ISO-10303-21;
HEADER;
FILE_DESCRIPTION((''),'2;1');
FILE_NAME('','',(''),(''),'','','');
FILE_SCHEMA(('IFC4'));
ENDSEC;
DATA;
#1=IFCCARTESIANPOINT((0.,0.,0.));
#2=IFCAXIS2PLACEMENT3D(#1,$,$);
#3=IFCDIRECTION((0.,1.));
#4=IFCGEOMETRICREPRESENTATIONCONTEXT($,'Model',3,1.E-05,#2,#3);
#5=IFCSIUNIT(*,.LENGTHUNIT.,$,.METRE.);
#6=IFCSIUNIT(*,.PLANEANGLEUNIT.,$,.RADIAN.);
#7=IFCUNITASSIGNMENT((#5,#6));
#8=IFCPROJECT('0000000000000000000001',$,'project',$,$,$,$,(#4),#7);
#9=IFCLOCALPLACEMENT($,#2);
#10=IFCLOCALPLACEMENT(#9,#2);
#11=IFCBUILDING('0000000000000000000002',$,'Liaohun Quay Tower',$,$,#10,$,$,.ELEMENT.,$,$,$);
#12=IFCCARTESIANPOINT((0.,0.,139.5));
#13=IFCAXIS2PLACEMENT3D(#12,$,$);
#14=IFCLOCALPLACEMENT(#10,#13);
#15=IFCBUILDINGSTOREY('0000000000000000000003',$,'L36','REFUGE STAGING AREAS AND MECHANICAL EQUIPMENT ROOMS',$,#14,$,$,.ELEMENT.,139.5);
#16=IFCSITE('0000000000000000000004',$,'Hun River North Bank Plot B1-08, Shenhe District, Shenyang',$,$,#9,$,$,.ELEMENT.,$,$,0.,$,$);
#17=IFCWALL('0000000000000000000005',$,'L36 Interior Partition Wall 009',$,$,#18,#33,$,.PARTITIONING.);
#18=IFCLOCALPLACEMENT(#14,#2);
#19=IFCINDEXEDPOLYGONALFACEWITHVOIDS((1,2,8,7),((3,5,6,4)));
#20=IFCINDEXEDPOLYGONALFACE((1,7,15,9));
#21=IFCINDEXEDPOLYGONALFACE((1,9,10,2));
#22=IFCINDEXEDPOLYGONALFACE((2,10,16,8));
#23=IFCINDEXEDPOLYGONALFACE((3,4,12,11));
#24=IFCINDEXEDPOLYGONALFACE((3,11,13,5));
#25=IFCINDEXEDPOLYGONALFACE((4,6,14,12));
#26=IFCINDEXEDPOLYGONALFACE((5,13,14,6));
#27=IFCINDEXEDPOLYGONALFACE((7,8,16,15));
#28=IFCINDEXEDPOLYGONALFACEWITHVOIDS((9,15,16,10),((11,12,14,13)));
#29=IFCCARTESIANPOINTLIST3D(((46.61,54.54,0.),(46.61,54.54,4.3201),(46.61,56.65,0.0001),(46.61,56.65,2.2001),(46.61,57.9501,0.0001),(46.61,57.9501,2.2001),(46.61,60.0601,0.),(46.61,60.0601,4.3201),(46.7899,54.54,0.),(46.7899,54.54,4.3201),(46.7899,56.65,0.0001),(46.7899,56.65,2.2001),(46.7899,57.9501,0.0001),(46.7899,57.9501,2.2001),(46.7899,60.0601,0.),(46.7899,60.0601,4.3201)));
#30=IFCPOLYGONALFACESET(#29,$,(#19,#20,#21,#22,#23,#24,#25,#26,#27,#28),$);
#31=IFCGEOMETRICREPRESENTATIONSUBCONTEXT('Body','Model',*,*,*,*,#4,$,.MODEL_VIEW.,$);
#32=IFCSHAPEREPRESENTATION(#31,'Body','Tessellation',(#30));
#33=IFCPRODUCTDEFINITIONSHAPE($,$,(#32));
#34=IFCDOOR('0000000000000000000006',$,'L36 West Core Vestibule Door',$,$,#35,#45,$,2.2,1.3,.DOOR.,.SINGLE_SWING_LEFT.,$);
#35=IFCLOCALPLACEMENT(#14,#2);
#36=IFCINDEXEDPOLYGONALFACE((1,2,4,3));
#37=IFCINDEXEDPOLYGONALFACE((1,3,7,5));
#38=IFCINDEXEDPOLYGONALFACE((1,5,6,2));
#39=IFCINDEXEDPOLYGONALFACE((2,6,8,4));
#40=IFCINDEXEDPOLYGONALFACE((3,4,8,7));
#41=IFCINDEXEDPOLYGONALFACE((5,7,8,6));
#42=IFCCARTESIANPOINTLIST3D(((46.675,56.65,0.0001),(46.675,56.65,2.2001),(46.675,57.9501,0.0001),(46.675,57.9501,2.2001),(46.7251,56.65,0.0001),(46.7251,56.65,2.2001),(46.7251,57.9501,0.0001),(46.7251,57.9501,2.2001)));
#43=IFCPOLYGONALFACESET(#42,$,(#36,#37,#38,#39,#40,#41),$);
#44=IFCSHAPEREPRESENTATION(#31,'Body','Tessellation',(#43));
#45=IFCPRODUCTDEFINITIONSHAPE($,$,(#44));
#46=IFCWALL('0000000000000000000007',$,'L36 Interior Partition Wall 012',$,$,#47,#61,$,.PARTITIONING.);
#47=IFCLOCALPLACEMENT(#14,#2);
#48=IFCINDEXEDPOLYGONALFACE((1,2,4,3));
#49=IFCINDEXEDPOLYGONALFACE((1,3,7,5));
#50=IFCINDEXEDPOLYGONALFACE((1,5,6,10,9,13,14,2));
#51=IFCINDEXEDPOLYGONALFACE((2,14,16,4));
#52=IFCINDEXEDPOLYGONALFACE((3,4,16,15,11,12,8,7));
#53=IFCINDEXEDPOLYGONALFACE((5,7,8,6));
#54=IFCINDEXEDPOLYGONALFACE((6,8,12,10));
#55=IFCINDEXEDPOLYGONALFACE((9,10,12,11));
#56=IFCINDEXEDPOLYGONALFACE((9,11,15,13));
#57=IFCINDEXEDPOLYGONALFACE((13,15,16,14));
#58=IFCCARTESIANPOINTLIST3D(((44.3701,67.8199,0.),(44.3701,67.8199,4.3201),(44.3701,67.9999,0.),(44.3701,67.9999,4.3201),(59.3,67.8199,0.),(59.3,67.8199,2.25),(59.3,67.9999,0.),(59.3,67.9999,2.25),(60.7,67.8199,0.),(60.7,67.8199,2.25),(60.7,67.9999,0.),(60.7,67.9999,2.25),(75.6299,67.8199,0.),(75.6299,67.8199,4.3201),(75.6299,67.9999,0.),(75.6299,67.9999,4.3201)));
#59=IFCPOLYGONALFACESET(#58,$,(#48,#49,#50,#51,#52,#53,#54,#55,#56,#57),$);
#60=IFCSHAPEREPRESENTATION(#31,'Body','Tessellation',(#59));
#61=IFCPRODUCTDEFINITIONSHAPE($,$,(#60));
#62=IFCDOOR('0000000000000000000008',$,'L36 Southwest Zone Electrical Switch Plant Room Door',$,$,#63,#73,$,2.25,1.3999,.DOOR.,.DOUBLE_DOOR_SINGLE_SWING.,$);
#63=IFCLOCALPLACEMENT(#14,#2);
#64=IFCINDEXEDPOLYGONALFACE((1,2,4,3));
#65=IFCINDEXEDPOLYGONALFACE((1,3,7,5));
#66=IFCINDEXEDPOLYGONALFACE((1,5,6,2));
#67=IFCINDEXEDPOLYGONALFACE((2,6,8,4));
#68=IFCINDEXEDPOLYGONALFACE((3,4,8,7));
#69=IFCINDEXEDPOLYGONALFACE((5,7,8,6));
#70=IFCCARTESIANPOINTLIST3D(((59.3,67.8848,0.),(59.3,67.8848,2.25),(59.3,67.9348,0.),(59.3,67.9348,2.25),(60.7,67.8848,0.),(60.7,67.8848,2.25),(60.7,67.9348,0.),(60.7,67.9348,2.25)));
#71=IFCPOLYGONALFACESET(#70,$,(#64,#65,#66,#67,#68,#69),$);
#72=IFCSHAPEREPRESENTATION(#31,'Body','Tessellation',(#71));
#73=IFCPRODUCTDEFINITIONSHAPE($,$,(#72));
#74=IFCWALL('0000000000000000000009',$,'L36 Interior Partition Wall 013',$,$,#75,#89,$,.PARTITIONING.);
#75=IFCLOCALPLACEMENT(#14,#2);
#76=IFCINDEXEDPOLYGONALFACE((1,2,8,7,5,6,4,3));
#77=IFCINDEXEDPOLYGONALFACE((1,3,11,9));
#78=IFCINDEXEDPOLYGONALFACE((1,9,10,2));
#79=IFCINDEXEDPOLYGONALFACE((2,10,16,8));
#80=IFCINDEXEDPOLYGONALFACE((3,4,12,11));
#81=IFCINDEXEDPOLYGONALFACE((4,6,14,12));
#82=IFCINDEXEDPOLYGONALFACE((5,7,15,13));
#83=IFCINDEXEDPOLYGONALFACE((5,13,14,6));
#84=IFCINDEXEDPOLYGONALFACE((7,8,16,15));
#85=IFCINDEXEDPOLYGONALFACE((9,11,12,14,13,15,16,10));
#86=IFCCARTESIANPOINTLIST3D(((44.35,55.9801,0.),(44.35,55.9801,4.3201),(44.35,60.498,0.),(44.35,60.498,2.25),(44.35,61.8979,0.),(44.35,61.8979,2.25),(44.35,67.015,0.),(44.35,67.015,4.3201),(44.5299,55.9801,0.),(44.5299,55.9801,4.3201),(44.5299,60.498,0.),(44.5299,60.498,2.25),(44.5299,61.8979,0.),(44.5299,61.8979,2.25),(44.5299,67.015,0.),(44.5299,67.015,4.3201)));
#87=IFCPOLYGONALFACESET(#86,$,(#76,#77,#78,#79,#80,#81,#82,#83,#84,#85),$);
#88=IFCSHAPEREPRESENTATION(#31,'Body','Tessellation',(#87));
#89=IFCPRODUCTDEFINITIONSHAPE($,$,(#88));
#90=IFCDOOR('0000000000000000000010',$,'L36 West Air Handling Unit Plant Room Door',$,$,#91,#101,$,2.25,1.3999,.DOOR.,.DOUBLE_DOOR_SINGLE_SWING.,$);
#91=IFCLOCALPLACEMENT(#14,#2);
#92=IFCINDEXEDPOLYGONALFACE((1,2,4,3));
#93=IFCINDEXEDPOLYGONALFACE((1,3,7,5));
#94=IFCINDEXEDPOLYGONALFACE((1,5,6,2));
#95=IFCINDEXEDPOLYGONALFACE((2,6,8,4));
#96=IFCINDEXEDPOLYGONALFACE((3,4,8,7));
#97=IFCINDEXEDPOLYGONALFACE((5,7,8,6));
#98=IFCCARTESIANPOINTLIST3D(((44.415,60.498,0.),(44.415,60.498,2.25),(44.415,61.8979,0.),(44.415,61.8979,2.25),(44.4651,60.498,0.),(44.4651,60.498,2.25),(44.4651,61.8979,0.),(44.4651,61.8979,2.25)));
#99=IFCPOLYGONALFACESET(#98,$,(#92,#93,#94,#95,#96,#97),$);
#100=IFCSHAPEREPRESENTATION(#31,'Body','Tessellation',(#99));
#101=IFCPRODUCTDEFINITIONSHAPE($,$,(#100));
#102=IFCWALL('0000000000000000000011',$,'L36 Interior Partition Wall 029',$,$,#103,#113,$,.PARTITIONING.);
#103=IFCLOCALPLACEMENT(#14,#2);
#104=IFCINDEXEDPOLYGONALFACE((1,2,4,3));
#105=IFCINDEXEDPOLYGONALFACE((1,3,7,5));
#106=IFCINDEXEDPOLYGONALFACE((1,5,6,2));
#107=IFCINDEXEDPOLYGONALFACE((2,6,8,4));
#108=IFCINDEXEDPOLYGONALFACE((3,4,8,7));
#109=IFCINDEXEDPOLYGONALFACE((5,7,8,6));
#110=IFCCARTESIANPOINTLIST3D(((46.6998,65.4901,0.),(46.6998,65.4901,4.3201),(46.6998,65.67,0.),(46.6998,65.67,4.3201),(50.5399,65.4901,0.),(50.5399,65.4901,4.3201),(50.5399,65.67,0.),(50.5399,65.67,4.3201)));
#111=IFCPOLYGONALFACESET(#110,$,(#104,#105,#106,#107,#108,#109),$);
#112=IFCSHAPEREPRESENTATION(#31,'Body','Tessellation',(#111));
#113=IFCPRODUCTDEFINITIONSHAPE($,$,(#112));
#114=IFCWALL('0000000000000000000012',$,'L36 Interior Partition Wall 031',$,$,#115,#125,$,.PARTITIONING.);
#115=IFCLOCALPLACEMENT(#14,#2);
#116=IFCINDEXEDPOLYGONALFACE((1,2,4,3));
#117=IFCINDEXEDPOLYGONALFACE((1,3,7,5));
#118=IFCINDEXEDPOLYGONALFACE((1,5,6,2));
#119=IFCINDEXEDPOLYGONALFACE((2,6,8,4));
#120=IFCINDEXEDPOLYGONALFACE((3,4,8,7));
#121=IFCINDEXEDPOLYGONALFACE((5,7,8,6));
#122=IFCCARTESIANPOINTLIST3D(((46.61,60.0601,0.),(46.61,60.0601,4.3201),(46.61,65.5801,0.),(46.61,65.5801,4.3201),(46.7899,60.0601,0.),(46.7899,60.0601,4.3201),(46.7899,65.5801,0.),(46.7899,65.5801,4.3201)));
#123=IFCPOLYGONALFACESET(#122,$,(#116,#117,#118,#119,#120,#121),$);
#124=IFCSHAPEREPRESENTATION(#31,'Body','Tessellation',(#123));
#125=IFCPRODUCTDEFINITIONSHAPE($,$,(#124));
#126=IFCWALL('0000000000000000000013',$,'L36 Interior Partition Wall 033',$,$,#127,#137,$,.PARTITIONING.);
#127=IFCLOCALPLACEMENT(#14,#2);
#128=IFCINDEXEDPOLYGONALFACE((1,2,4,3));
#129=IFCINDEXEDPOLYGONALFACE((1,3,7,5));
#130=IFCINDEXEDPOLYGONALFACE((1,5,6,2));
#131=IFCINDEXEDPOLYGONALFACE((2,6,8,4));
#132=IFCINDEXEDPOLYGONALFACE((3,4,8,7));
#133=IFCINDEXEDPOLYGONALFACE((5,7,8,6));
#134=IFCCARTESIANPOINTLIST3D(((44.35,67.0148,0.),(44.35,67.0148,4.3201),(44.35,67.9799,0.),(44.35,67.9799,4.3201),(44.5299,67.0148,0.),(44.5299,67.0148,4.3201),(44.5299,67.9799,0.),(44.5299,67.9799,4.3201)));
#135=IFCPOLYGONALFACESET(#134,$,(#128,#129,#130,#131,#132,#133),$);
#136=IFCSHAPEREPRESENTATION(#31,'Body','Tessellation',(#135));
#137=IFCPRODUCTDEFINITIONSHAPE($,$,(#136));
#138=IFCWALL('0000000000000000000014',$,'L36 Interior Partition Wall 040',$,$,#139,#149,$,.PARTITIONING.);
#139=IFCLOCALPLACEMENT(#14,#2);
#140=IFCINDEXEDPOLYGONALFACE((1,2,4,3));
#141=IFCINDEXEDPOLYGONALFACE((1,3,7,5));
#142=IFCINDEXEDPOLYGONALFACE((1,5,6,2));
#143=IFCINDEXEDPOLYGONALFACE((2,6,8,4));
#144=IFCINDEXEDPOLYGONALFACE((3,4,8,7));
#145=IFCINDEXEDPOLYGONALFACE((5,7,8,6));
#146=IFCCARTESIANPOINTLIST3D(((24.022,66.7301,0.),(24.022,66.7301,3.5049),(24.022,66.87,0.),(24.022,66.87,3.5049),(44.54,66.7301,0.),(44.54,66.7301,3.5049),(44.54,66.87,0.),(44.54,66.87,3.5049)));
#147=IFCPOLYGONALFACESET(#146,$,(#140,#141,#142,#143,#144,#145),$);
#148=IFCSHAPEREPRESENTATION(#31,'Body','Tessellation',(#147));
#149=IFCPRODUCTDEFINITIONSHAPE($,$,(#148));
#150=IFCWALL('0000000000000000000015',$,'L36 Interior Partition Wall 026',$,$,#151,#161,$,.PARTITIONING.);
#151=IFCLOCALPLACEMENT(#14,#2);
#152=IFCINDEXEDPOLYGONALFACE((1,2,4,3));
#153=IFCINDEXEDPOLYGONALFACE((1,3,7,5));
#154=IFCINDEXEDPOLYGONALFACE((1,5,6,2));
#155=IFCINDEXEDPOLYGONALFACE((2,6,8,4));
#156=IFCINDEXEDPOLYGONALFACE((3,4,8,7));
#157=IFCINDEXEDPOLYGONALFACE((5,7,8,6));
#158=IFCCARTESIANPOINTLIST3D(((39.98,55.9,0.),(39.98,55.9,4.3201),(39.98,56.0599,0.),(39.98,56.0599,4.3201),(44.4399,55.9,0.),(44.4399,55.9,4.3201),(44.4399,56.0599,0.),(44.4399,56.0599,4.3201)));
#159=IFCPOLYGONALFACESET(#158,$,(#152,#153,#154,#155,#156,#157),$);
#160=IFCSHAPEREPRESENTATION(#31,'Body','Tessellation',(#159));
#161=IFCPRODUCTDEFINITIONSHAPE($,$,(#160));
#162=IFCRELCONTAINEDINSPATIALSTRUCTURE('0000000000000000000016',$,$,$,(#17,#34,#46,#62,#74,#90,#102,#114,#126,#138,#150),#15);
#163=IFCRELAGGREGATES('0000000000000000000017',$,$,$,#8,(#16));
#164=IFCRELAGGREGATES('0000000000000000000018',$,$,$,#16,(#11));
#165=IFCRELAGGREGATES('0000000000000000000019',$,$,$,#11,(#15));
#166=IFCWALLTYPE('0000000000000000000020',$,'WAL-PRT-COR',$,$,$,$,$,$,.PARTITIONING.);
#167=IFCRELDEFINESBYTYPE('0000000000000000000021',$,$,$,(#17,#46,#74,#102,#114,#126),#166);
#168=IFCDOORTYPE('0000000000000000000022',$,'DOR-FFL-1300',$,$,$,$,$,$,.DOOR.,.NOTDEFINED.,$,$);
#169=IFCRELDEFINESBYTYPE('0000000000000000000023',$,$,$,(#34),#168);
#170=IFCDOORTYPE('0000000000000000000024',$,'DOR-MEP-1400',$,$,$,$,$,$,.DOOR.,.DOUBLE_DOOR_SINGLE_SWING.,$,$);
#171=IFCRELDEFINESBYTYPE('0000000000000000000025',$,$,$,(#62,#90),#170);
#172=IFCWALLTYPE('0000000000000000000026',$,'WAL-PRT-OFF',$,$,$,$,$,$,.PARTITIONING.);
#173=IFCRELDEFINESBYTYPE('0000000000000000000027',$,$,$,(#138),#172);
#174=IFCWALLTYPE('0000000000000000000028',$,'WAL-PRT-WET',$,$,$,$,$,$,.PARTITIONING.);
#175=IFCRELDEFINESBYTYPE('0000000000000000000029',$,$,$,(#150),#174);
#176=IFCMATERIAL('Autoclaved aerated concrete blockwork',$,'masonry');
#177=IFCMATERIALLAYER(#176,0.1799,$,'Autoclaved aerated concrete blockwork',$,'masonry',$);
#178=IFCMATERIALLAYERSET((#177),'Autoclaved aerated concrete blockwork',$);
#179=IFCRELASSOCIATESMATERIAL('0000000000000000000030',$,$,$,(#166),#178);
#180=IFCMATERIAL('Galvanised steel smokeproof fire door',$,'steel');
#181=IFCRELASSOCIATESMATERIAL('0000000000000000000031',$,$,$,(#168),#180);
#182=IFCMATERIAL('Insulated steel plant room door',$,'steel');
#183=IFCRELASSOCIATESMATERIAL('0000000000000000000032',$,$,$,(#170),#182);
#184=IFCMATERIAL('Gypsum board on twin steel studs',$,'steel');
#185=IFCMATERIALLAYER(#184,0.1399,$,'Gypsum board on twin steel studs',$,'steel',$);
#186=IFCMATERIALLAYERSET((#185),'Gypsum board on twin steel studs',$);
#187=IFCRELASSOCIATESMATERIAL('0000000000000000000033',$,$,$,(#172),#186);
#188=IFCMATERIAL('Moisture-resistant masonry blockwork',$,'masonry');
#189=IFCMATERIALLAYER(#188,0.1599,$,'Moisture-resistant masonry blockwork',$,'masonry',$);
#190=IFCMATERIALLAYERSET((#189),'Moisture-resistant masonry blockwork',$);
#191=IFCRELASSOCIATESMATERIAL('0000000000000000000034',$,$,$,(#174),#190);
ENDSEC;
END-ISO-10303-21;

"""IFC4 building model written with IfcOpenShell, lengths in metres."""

from ifc_helpers import new_model, si_unit, direction, frame, frame_2d, origin, place, context, subcontext, project, spatial, rectangle, extrude, source, transform, mapped, material, layer, layer_set, type_object, element, fill, save


model = new_model("IFC4")

# Units and contexts
model_context = context("Model", 3, precision=1e-05, world=origin(), true_north=direction((0.0, 1.0)))
body_context = subcontext(model_context, "Body", "Model", "MODEL_VIEW")
ifc_project = project(units=[si_unit("LENGTHUNIT", "METRE"), si_unit("PLANEANGLEUNIT", "RADIAN")], contexts=[model_context])

# Site, building, storey
site_placement = place(None, origin())
site = spatial("IfcSite", under=ifc_project, at=site_placement, Name="Hun River North Bank Plot B1-08, Shenhe District, Shenyang", CompositionType="ELEMENT", RefElevation=0.0)
building_placement = place(site_placement, origin())
building = spatial("IfcBuilding", under=site, at=building_placement, Name="Liaohun Quay Tower", CompositionType="ELEMENT")
storey_placement = place(building_placement, frame((0.0, 0.0, 139.5)))
storey = spatial("IfcBuildingStorey", under=building, at=storey_placement, Name="L36", Description="REFUGE STAGING AREAS AND MECHANICAL EQUIPMENT ROOMS", CompositionType="ELEMENT", Elevation=139.5)

# Walls, openings, doors
ifc_material_1 = material(Name="Autoclaved aerated concrete blockwork", Category="masonry")
ifc_layer_1 = layer(ifc_material_1, 0.1799, Name="Autoclaved aerated concrete blockwork", Category="masonry")
ifc_layer_set_1 = layer_set([ifc_layer_1], Name="Autoclaved aerated concrete blockwork")
wall_type_1 = type_object("IfcWallType", Name="WAL-PRT-COR", PredefinedType="PARTITIONING", material=ifc_layer_set_1)
wall_1_placement = place(storey_placement, frame((46.7, 54.54, 0.0), z_axis=(0.0, 0.0, 1.0), x_axis=(0.0, 1.0, 0.0)))
wall_1 = element("IfcWall", 1, at=wall_1_placement, inside=storey, type_object=wall_type_1, Name="L36 Interior Partition Wall 009", PredefinedType="PARTITIONING", context=body_context, shape_type="SweptSolid", body=[
    extrude(rectangle(XDim=5.52, YDim=0.1799, at=frame_2d((2.76, 0.0))), origin(), (0.0, 0.0, 1.0), 4.3201),
])
shared_shape_1 = source(origin(), body_context, "Body", "SweptSolid", [
    extrude(rectangle(XDim=1.3, YDim=2.2, at=frame_2d((0.6499, 1.1001))), frame((0.0, 0.0999, 0.0), z_axis=(0.0, -1.0, 0.0), x_axis=(1.0, 0.0, 0.0)), (0.0, 0.0, 1.0), 0.2),
])
opening_1_placement = place(wall_1_placement, frame((2.1101, 0.0, 0.0)))
opening_1 = element("IfcOpeningElement", 2, at=opening_1_placement, cuts=wall_1, PredefinedType="OPENING", context=body_context, shape_type="MappedRepresentation", body=[
    mapped(shared_shape_1, transform((0.0, 0.0, 0.0), x_axis=(1.0, 0.0, 0.0), y_axis=(0.0, 1.0, 0.0), z_axis=(0.0, 0.0, 1.0), scale=1.0)),
])
ifc_material_2 = material(Name="Galvanised steel smokeproof fire door", Category="steel")
door_type_1 = type_object("IfcDoorType", Name="DOR-FFL-1300", OperationType="NOTDEFINED", PredefinedType="DOOR", material=ifc_material_2)
shared_shape_2 = source(origin(), body_context, "Body", "SweptSolid", [
    extrude(rectangle(XDim=1.3, YDim=2.2, at=frame_2d((0.6499, 1.1001))), frame((0.0, 0.0249, 0.0), z_axis=(0.0, -1.0, 0.0), x_axis=(1.0, 0.0, 0.0)), (0.0, 0.0, 1.0), 0.05),
])
door_1_placement = place(opening_1_placement, origin())
door_1 = element("IfcDoor", 3, at=door_1_placement, inside=storey, type_object=door_type_1, Name="L36 West Core Vestibule Door", OperationType="SINGLE_SWING_LEFT", OverallHeight=2.2, OverallWidth=1.3, PredefinedType="DOOR", context=body_context, shape_type="MappedRepresentation", body=[
    mapped(shared_shape_2, transform((0.0, 0.0, 0.0), x_axis=(1.0, 0.0, 0.0), y_axis=(0.0, 1.0, 0.0), z_axis=(0.0, 0.0, 1.0), scale=1.0)),
])
fill(opening_1, door_1)
wall_2_placement = place(storey_placement, frame((44.3701, 67.9099, 0.0), z_axis=(0.0, 0.0, 1.0), x_axis=(1.0, 0.0, 0.0)))
wall_2 = element("IfcWall", 4, at=wall_2_placement, inside=storey, type_object=wall_type_1, Name="L36 Interior Partition Wall 012", PredefinedType="PARTITIONING", context=body_context, shape_type="SweptSolid", body=[
    extrude(rectangle(XDim=31.2598, YDim=0.1799, at=frame_2d((15.6299, 0.0))), origin(), (0.0, 0.0, 1.0), 4.3201),
])
shared_shape_3 = source(origin(), body_context, "Body", "SweptSolid", [
    extrude(rectangle(XDim=1.3999, YDim=2.25, at=frame_2d((0.7, 1.125))), frame((0.0, 0.0999, 0.0), z_axis=(0.0, -1.0, 0.0), x_axis=(1.0, 0.0, 0.0)), (0.0, 0.0, 1.0), 0.2),
])
opening_2_placement = place(wall_2_placement, frame((14.9299, 0.0, 0.0)))
opening_2 = element("IfcOpeningElement", 5, at=opening_2_placement, cuts=wall_2, PredefinedType="OPENING", context=body_context, shape_type="MappedRepresentation", body=[
    mapped(shared_shape_3, transform((0.0, 0.0, 0.0), x_axis=(1.0, 0.0, 0.0), y_axis=(0.0, 1.0, 0.0), z_axis=(0.0, 0.0, 1.0), scale=1.0)),
])
ifc_material_3 = material(Name="Insulated steel plant room door", Category="steel")
door_type_2 = type_object("IfcDoorType", Name="DOR-MEP-1400", OperationType="DOUBLE_DOOR_SINGLE_SWING", PredefinedType="DOOR", material=ifc_material_3)
shared_shape_4 = source(origin(), body_context, "Body", "SweptSolid", [
    extrude(rectangle(XDim=1.3999, YDim=2.25, at=frame_2d((0.7, 1.125))), frame((0.0, 0.0249, 0.0), z_axis=(0.0, -1.0, 0.0), x_axis=(1.0, 0.0, 0.0)), (0.0, 0.0, 1.0), 0.05),
])
door_2_placement = place(opening_2_placement, origin())
door_2 = element("IfcDoor", 6, at=door_2_placement, inside=storey, type_object=door_type_2, Name="L36 Southwest Zone Electrical Switch Plant Room Door", OperationType="DOUBLE_DOOR_SINGLE_SWING", OverallHeight=2.25, OverallWidth=1.3999, PredefinedType="DOOR", context=body_context, shape_type="MappedRepresentation", body=[
    mapped(shared_shape_4, transform((0.0, 0.0, 0.0), x_axis=(1.0, 0.0, 0.0), y_axis=(0.0, 1.0, 0.0), z_axis=(0.0, 0.0, 1.0), scale=1.0)),
])
fill(opening_2, door_2)
wall_3_placement = place(storey_placement, frame((44.4399, 55.98, 0.0), z_axis=(0.0, 0.0, 1.0), x_axis=(0.0, 1.0, 0.0)))
wall_3 = element("IfcWall", 7, at=wall_3_placement, inside=storey, type_object=wall_type_1, Name="L36 Interior Partition Wall 013", PredefinedType="PARTITIONING", context=body_context, shape_type="SweptSolid", body=[
    extrude(rectangle(XDim=11.0349, YDim=0.1799, at=frame_2d((5.5176, 0.0))), origin(), (0.0, 0.0, 1.0), 4.3201),
])
opening_3_placement = place(wall_3_placement, frame((4.5181, 0.0, 0.0)))
opening_3 = element("IfcOpeningElement", 8, at=opening_3_placement, cuts=wall_3, PredefinedType="OPENING", context=body_context, shape_type="MappedRepresentation", body=[
    mapped(shared_shape_3, transform((0.0, 0.0, 0.0), x_axis=(1.0, 0.0, 0.0), y_axis=(0.0, 1.0, 0.0), z_axis=(0.0, 0.0, 1.0), scale=1.0)),
])
door_3_placement = place(opening_3_placement, origin())
door_3 = element("IfcDoor", 9, at=door_3_placement, inside=storey, type_object=door_type_2, Name="L36 West Air Handling Unit Plant Room Door", OperationType="DOUBLE_DOOR_SINGLE_SWING", OverallHeight=2.25, OverallWidth=1.3999, PredefinedType="DOOR", context=body_context, shape_type="MappedRepresentation", body=[
    mapped(shared_shape_4, transform((0.0, 0.0, 0.0), x_axis=(1.0, 0.0, 0.0), y_axis=(0.0, 1.0, 0.0), z_axis=(0.0, 0.0, 1.0), scale=1.0)),
])
fill(opening_3, door_3)

# Walls
wall_4_placement = place(storey_placement, frame((46.7, 65.5801, 0.0), z_axis=(0.0, 0.0, 1.0), x_axis=(1.0, 0.0, 0.0)))
element("IfcWall", 10, at=wall_4_placement, inside=storey, type_object=wall_type_1, Name="L36 Interior Partition Wall 029", PredefinedType="PARTITIONING", context=body_context, shape_type="SweptSolid", body=[
    extrude(rectangle(XDim=3.8401, YDim=0.1799, at=frame_2d((1.9199, 0.0))), origin(), (0.0, 0.0, 1.0), 4.3201),
])
wall_5_placement = place(storey_placement, frame((46.7, 60.0601, 0.0), z_axis=(0.0, 0.0, 1.0), x_axis=(0.0, 1.0, 0.0)))
element("IfcWall", 11, at=wall_5_placement, inside=storey, type_object=wall_type_1, Name="L36 Interior Partition Wall 031", PredefinedType="PARTITIONING", context=body_context, shape_type="SweptSolid", body=[
    extrude(rectangle(XDim=5.52, YDim=0.1799, at=frame_2d((2.76, 0.0))), origin(), (0.0, 0.0, 1.0), 4.3201),
])
wall_6_placement = place(storey_placement, frame((44.4399, 67.0149, 0.0), z_axis=(0.0, 0.0, 1.0), x_axis=(0.0, 1.0, 0.0)))
element("IfcWall", 12, at=wall_6_placement, inside=storey, type_object=wall_type_1, Name="L36 Interior Partition Wall 033", PredefinedType="PARTITIONING", context=body_context, shape_type="SweptSolid", body=[
    extrude(rectangle(XDim=0.9651, YDim=0.1799, at=frame_2d((0.4824, 0.0))), origin(), (0.0, 0.0, 1.0), 4.3201),
])
ifc_material_4 = material(Name="Gypsum board on twin steel studs", Category="steel")
ifc_layer_2 = layer(ifc_material_4, 0.1399, Name="Gypsum board on twin steel studs", Category="steel")
ifc_layer_set_2 = layer_set([ifc_layer_2], Name="Gypsum board on twin steel studs")
wall_type_2 = type_object("IfcWallType", Name="WAL-PRT-OFF", PredefinedType="PARTITIONING", material=ifc_layer_set_2)
wall_7_placement = place(storey_placement, frame((44.54, 66.8, 0.0), z_axis=(0.0, 0.0, 1.0), x_axis=(-1.0, 0.0, 0.0)))
element("IfcWall", 13, at=wall_7_placement, inside=storey, type_object=wall_type_2, Name="L36 Interior Partition Wall 040", PredefinedType="PARTITIONING", context=body_context, shape_type="SweptSolid", body=[
    extrude(rectangle(XDim=20.5181, YDim=0.1399, at=frame_2d((10.259, 0.0))), origin(), (0.0, 0.0, 1.0), 3.5049),
])
ifc_material_5 = material(Name="Moisture-resistant masonry blockwork", Category="masonry")
ifc_layer_3 = layer(ifc_material_5, 0.1599, Name="Moisture-resistant masonry blockwork", Category="masonry")
ifc_layer_set_3 = layer_set([ifc_layer_3], Name="Moisture-resistant masonry blockwork")
wall_type_3 = type_object("IfcWallType", Name="WAL-PRT-WET", PredefinedType="PARTITIONING", material=ifc_layer_set_3)
wall_8_placement = place(storey_placement, frame((39.98, 55.98, 0.0), z_axis=(0.0, 0.0, 1.0), x_axis=(1.0, 0.0, 0.0)))
element("IfcWall", 14, at=wall_8_placement, inside=storey, type_object=wall_type_3, Name="L36 Interior Partition Wall 026", PredefinedType="PARTITIONING", context=body_context, shape_type="SweptSolid", body=[
    extrude(rectangle(XDim=4.46, YDim=0.1599, at=frame_2d((2.23, 0.0))), origin(), (0.0, 0.0, 1.0), 4.3201),
])

save(model, "model.ifc")
